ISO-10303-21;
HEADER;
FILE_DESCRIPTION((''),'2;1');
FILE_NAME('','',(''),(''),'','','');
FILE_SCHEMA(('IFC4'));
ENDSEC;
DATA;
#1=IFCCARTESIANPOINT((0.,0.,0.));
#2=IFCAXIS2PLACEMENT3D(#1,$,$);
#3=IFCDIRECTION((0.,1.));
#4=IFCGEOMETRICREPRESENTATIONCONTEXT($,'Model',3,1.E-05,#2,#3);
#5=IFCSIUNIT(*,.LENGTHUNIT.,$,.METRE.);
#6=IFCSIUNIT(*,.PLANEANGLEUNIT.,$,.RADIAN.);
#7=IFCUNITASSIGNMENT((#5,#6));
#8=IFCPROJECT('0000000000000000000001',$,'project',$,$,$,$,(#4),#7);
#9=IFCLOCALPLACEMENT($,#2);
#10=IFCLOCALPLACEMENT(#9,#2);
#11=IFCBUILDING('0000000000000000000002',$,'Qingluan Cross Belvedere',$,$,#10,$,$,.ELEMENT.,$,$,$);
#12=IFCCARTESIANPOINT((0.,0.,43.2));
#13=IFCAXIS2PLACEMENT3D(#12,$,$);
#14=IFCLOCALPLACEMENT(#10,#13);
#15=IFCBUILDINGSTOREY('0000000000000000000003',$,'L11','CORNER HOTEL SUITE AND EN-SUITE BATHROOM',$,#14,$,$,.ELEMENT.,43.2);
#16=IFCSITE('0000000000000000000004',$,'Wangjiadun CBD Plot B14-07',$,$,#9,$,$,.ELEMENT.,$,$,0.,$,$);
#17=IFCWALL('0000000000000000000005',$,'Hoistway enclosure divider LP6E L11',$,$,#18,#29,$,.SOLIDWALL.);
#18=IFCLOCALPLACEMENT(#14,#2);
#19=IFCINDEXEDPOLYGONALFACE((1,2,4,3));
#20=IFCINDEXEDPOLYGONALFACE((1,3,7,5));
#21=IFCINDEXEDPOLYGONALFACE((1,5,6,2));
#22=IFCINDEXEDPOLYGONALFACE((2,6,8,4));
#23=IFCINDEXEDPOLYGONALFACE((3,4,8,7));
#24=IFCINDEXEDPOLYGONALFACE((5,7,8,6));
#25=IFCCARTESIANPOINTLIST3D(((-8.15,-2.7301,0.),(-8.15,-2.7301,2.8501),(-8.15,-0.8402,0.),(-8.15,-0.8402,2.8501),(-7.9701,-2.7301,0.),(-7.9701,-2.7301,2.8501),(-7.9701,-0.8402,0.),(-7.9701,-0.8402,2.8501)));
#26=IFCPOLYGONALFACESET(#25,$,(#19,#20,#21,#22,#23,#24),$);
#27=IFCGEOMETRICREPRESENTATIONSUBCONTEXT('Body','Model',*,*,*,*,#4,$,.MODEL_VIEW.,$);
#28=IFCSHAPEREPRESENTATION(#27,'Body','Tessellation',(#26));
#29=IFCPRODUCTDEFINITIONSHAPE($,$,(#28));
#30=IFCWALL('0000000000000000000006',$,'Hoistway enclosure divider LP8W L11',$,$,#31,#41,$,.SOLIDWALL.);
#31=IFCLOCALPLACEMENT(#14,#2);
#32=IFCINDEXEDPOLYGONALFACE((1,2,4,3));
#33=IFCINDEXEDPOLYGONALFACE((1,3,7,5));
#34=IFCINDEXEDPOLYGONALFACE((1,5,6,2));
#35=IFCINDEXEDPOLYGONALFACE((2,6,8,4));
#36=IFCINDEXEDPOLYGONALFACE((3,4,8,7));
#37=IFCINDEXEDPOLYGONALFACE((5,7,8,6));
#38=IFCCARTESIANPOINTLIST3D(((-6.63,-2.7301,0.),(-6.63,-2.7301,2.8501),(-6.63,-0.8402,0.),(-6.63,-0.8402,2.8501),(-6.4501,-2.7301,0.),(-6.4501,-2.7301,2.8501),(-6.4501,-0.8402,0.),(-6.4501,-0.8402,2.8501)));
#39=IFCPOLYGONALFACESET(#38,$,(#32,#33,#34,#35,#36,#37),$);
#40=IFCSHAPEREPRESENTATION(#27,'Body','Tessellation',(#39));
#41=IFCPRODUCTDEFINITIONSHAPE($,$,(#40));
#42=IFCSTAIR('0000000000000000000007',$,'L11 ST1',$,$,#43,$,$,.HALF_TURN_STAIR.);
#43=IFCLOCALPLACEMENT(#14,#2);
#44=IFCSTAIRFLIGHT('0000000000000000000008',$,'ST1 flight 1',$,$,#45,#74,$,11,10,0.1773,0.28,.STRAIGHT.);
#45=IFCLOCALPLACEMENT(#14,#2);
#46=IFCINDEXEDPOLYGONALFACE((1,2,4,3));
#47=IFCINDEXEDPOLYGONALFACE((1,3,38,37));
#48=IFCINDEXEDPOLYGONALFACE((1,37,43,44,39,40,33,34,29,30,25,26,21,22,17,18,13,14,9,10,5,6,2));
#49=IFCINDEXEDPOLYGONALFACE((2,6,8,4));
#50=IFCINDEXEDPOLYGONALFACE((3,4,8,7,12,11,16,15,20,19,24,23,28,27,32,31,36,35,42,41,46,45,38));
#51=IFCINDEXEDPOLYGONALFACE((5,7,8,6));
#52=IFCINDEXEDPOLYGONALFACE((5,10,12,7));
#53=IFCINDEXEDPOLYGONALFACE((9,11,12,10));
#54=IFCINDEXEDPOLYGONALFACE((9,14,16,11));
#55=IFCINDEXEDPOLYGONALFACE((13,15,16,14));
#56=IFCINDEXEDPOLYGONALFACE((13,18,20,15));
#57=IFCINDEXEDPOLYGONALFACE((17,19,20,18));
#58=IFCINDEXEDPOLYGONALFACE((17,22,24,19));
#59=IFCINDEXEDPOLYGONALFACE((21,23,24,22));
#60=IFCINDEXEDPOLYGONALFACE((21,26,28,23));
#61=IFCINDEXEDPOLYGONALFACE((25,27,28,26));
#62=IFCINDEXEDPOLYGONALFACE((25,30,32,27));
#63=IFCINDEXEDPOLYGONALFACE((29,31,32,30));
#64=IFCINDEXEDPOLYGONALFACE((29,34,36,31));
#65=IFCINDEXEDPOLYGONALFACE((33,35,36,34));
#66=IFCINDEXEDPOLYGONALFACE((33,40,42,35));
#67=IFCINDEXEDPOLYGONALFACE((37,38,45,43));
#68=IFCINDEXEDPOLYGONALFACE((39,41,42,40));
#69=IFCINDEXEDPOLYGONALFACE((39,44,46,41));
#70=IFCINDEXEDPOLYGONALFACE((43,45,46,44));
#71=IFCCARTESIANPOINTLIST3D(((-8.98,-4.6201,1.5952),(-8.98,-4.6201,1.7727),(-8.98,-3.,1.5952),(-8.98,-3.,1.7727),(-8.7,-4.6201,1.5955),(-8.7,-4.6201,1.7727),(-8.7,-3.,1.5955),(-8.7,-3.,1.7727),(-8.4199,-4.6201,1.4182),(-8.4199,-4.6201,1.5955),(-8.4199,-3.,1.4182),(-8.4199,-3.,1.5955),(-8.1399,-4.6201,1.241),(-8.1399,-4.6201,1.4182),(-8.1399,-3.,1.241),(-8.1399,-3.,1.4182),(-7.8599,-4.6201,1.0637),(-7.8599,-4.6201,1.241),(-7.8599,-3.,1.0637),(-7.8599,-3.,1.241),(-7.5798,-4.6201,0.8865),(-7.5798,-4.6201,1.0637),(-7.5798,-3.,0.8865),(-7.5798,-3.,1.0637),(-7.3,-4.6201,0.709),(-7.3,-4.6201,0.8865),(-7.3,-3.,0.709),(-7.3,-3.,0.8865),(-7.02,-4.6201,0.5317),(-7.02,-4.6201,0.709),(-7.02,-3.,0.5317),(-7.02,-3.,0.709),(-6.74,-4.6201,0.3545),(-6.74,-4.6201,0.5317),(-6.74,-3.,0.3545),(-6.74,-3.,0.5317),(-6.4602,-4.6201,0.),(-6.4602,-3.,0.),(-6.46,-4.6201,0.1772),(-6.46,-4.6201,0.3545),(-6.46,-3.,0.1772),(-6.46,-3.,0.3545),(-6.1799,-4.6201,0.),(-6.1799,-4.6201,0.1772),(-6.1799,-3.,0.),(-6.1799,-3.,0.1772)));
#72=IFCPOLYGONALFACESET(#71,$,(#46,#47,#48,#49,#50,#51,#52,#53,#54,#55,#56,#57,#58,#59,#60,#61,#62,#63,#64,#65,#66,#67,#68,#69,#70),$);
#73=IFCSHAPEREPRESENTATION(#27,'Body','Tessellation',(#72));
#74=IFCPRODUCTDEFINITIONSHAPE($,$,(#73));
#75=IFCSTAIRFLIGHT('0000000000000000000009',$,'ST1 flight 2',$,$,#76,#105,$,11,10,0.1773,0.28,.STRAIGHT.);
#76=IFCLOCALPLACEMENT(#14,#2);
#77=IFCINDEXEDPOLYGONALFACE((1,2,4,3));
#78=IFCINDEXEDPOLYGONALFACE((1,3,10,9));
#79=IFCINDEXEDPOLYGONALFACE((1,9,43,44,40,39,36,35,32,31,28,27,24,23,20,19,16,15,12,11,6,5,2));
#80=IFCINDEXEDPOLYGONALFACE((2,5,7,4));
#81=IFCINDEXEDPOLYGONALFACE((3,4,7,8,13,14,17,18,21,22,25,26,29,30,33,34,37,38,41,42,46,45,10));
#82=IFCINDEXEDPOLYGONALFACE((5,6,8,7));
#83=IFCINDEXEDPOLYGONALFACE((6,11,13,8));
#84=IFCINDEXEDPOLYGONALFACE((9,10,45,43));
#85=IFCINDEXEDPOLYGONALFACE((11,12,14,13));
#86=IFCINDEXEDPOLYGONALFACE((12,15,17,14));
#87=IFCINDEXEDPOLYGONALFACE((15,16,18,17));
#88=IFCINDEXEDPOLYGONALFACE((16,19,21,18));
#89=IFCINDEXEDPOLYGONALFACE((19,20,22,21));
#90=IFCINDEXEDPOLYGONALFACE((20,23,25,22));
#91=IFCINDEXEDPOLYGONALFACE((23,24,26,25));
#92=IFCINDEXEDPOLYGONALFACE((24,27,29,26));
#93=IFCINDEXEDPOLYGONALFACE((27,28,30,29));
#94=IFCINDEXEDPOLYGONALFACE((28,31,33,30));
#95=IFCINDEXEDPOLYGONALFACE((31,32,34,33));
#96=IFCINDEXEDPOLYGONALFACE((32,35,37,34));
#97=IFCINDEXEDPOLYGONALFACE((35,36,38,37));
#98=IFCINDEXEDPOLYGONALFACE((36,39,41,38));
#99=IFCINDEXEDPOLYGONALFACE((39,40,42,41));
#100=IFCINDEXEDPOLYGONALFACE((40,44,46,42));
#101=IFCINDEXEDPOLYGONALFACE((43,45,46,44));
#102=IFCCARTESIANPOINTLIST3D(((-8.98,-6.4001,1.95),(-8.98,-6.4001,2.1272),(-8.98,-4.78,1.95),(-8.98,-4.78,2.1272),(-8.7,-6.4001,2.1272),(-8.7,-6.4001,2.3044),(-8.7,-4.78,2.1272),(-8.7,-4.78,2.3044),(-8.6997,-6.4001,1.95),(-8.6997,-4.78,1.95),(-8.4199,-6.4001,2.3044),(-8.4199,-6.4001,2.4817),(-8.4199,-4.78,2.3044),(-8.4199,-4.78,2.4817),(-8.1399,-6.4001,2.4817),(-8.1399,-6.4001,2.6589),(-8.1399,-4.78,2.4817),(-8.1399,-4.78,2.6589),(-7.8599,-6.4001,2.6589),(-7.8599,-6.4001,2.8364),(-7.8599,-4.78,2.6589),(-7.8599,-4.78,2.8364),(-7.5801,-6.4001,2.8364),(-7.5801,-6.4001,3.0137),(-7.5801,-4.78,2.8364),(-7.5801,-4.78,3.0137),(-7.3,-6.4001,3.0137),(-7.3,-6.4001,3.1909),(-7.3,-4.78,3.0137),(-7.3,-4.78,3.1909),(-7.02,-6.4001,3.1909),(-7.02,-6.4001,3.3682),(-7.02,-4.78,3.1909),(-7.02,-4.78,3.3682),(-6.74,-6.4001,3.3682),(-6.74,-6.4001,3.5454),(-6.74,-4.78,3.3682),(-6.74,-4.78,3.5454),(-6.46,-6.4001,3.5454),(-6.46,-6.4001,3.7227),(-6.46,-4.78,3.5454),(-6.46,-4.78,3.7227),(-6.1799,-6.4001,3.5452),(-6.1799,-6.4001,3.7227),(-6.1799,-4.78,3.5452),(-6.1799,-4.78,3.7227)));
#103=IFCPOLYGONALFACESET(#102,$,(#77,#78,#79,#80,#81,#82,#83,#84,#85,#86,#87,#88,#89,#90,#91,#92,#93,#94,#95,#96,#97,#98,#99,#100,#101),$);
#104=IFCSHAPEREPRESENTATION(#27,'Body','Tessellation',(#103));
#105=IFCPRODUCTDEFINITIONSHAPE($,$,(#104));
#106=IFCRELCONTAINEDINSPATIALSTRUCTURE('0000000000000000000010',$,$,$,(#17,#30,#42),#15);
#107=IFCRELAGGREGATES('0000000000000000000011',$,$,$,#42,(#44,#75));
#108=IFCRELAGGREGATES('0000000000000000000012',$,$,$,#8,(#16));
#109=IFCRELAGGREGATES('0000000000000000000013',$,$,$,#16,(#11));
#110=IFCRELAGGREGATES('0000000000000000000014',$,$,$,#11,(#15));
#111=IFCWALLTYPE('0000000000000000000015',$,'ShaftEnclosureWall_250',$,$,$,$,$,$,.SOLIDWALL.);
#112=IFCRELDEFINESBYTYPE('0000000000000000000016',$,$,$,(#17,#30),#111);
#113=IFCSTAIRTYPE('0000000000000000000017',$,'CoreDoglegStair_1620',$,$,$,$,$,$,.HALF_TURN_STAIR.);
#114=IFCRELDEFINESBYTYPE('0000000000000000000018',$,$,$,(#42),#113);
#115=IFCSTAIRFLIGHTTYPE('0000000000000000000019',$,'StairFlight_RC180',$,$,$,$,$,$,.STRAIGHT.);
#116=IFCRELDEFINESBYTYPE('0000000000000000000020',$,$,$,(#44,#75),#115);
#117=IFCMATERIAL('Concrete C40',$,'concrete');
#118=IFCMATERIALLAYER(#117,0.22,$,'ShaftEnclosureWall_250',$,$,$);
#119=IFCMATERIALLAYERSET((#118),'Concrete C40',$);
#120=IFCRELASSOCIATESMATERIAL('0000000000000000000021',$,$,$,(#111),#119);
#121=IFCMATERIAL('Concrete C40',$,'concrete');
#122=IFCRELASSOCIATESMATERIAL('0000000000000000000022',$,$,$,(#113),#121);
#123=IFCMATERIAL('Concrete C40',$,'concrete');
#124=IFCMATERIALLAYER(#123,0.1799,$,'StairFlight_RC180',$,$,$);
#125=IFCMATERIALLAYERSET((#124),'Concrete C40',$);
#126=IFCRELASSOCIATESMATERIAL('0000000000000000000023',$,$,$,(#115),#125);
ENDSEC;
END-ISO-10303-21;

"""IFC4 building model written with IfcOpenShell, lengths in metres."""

from ifc_helpers import new_model, si_unit, direction, frame, frame_2d, origin, place, context, subcontext, project, spatial, polyline, rectangle, outline, extrude, material, layer, layer_set, type_object, element, aggregate, save


model = new_model("IFC4")

# Units and contexts
model_context = context("Model", 3, precision=1e-05, world=origin(), true_north=direction((0.0, 1.0)))
body_context = subcontext(model_context, "Body", "Model", "MODEL_VIEW")
ifc_project = project(units=[si_unit("LENGTHUNIT", "METRE"), si_unit("PLANEANGLEUNIT", "RADIAN")], contexts=[model_context])

# Site, building, storey
site_placement = place(None, origin())
site = spatial("IfcSite", under=ifc_project, at=site_placement, Name="Wangjiadun CBD Plot B14-07", CompositionType="ELEMENT", RefElevation=0.0)
building_placement = place(site_placement, origin())
building = spatial("IfcBuilding", under=site, at=building_placement, Name="Qingluan Cross Belvedere", CompositionType="ELEMENT")
storey_placement = place(building_placement, frame((0.0, 0.0, 43.2)))
storey = spatial("IfcBuildingStorey", under=building, at=storey_placement, Name="L11", Description="CORNER HOTEL SUITE AND EN-SUITE BATHROOM", CompositionType="ELEMENT", Elevation=43.2)

# Walls
ifc_material_1 = material(Name="Concrete C40", Category="concrete")
ifc_layer_1 = layer(ifc_material_1, 0.22, Name="ShaftEnclosureWall_250")
ifc_layer_set_1 = layer_set([ifc_layer_1], Name="Concrete C40")
wall_type_1 = type_object("IfcWallType", Name="ShaftEnclosureWall_250", PredefinedType="SOLIDWALL", material=ifc_layer_set_1)
for number, where, z_axis, x_axis, name in (
    (1, (-8.0601, -2.73, 0.0), (0.0, 0.0, 1.0), (0.0, 1.0, 0.0), "Hoistway enclosure divider LP6E L11"),
    (2, (-6.54, -2.73, 0.0), (0.0, 0.0, 1.0), (0.0, 1.0, 0.0), "Hoistway enclosure divider LP8W L11"),
):
    element("IfcWall", number, at=place(storey_placement, frame(where, z_axis=z_axis, x_axis=x_axis)), inside=storey, type_object=wall_type_1, Name=name, PredefinedType="SOLIDWALL", context=body_context, shape_type="SweptSolid", body=[
        extrude(rectangle(XDim=1.8899, YDim=0.1799, at=frame_2d((0.9448, 0.0))), origin(), (0.0, 0.0, 1.0), 2.8501),
    ])

# Stair, stair flights
ifc_material_2 = material(Name="Concrete C40", Category="concrete")
stair_type = type_object("IfcStairType", Name="CoreDoglegStair_1620", PredefinedType="HALF_TURN_STAIR", material=ifc_material_2)
stair_placement = place(storey_placement, origin())
stair = element("IfcStair", 3, at=stair_placement, inside=storey, type_object=stair_type, Name="L11 ST1", PredefinedType="HALF_TURN_STAIR")
ifc_material_3 = material(Name="Concrete C40", Category="concrete")
ifc_layer_2 = layer(ifc_material_3, 0.1799, Name="StairFlight_RC180")
ifc_layer_set_2 = layer_set([ifc_layer_2], Name="Concrete C40")
stair_flight_type = type_object("IfcStairFlightType", Name="StairFlight_RC180", PredefinedType="STRAIGHT", material=ifc_layer_set_2)
stair_flight_1_placement = place(storey_placement, frame((-6.1799, -3.8101, 0.0), z_axis=(0.0, 0.0, 1.0), x_axis=(-1.0, 0.0, 0.0)))
stair_flight_1 = element("IfcStairFlight", 4, at=stair_flight_1_placement, type_object=stair_flight_type, Name="ST1 flight 1", NumberOfRisers=11, NumberOfTreads=10, PredefinedType="STRAIGHT", RiserHeight=0.1773, TreadLength=0.28, context=body_context, shape_type="SweptSolid", body=[
    extrude(outline(polyline([(0.0, 0.0), (0.0, 0.1772), (0.28, 0.1772), (0.28, 0.3545), (0.5601, 0.3545), (0.5601, 0.5317), (0.8401, 0.5317), (0.8401, 0.709), (1.1201, 0.709), (1.1201, 0.8865), (1.3999, 0.8865), (1.3999, 1.0637), (1.6799, 1.0637), (1.6799, 1.241), (1.96, 1.241), (1.96, 1.4182), (2.24, 1.4182), (2.24, 1.5955), (2.52, 1.5955), (2.52, 1.7727), (2.8, 1.7727), (2.8, 1.95), (2.8, 1.5952), (0.2803, 0.0), (0.0, 0.0)])), frame((0.0, 0.8101, 0.0), z_axis=(0.0, -1.0, 0.0), x_axis=(1.0, 0.0, 0.0)), (0.0, 0.0, 1.0), 1.6201),
])
stair_flight_2_placement = place(storey_placement, frame((-8.98, -5.5901, 1.95), z_axis=(0.0, 0.0, 1.0), x_axis=(1.0, 0.0, 0.0)))
stair_flight_2 = element("IfcStairFlight", 5, at=stair_flight_2_placement, type_object=stair_flight_type, Name="ST1 flight 2", NumberOfRisers=11, NumberOfTreads=10, PredefinedType="STRAIGHT", RiserHeight=0.1773, TreadLength=0.28, context=body_context, shape_type="SweptSolid", body=[
    extrude(outline(polyline([(0.0, 0.0), (0.0, 0.1772), (0.28, 0.1772), (0.28, 0.3545), (0.5601, 0.3545), (0.5601, 0.5317), (0.8401, 0.5317), (0.8401, 0.709), (1.1201, 0.709), (1.1201, 0.8865), (1.3999, 0.8865), (1.3999, 1.0637), (1.6799, 1.0637), (1.6799, 1.241), (1.96, 1.241), (1.96, 1.4182), (2.24, 1.4182), (2.24, 1.5955), (2.52, 1.5955), (2.52, 1.7727), (2.8, 1.7727), (2.8, 1.95), (2.8, 1.5952), (0.2803, 0.0), (0.0, 0.0)])), frame((0.0, 0.8101, 0.0), z_axis=(0.0, -1.0, 0.0), x_axis=(1.0, 0.0, 0.0)), (0.0, 0.0, 1.0), 1.6201),
])
aggregate(stair, [stair_flight_1, stair_flight_2])

save(model, "model.ifc")
